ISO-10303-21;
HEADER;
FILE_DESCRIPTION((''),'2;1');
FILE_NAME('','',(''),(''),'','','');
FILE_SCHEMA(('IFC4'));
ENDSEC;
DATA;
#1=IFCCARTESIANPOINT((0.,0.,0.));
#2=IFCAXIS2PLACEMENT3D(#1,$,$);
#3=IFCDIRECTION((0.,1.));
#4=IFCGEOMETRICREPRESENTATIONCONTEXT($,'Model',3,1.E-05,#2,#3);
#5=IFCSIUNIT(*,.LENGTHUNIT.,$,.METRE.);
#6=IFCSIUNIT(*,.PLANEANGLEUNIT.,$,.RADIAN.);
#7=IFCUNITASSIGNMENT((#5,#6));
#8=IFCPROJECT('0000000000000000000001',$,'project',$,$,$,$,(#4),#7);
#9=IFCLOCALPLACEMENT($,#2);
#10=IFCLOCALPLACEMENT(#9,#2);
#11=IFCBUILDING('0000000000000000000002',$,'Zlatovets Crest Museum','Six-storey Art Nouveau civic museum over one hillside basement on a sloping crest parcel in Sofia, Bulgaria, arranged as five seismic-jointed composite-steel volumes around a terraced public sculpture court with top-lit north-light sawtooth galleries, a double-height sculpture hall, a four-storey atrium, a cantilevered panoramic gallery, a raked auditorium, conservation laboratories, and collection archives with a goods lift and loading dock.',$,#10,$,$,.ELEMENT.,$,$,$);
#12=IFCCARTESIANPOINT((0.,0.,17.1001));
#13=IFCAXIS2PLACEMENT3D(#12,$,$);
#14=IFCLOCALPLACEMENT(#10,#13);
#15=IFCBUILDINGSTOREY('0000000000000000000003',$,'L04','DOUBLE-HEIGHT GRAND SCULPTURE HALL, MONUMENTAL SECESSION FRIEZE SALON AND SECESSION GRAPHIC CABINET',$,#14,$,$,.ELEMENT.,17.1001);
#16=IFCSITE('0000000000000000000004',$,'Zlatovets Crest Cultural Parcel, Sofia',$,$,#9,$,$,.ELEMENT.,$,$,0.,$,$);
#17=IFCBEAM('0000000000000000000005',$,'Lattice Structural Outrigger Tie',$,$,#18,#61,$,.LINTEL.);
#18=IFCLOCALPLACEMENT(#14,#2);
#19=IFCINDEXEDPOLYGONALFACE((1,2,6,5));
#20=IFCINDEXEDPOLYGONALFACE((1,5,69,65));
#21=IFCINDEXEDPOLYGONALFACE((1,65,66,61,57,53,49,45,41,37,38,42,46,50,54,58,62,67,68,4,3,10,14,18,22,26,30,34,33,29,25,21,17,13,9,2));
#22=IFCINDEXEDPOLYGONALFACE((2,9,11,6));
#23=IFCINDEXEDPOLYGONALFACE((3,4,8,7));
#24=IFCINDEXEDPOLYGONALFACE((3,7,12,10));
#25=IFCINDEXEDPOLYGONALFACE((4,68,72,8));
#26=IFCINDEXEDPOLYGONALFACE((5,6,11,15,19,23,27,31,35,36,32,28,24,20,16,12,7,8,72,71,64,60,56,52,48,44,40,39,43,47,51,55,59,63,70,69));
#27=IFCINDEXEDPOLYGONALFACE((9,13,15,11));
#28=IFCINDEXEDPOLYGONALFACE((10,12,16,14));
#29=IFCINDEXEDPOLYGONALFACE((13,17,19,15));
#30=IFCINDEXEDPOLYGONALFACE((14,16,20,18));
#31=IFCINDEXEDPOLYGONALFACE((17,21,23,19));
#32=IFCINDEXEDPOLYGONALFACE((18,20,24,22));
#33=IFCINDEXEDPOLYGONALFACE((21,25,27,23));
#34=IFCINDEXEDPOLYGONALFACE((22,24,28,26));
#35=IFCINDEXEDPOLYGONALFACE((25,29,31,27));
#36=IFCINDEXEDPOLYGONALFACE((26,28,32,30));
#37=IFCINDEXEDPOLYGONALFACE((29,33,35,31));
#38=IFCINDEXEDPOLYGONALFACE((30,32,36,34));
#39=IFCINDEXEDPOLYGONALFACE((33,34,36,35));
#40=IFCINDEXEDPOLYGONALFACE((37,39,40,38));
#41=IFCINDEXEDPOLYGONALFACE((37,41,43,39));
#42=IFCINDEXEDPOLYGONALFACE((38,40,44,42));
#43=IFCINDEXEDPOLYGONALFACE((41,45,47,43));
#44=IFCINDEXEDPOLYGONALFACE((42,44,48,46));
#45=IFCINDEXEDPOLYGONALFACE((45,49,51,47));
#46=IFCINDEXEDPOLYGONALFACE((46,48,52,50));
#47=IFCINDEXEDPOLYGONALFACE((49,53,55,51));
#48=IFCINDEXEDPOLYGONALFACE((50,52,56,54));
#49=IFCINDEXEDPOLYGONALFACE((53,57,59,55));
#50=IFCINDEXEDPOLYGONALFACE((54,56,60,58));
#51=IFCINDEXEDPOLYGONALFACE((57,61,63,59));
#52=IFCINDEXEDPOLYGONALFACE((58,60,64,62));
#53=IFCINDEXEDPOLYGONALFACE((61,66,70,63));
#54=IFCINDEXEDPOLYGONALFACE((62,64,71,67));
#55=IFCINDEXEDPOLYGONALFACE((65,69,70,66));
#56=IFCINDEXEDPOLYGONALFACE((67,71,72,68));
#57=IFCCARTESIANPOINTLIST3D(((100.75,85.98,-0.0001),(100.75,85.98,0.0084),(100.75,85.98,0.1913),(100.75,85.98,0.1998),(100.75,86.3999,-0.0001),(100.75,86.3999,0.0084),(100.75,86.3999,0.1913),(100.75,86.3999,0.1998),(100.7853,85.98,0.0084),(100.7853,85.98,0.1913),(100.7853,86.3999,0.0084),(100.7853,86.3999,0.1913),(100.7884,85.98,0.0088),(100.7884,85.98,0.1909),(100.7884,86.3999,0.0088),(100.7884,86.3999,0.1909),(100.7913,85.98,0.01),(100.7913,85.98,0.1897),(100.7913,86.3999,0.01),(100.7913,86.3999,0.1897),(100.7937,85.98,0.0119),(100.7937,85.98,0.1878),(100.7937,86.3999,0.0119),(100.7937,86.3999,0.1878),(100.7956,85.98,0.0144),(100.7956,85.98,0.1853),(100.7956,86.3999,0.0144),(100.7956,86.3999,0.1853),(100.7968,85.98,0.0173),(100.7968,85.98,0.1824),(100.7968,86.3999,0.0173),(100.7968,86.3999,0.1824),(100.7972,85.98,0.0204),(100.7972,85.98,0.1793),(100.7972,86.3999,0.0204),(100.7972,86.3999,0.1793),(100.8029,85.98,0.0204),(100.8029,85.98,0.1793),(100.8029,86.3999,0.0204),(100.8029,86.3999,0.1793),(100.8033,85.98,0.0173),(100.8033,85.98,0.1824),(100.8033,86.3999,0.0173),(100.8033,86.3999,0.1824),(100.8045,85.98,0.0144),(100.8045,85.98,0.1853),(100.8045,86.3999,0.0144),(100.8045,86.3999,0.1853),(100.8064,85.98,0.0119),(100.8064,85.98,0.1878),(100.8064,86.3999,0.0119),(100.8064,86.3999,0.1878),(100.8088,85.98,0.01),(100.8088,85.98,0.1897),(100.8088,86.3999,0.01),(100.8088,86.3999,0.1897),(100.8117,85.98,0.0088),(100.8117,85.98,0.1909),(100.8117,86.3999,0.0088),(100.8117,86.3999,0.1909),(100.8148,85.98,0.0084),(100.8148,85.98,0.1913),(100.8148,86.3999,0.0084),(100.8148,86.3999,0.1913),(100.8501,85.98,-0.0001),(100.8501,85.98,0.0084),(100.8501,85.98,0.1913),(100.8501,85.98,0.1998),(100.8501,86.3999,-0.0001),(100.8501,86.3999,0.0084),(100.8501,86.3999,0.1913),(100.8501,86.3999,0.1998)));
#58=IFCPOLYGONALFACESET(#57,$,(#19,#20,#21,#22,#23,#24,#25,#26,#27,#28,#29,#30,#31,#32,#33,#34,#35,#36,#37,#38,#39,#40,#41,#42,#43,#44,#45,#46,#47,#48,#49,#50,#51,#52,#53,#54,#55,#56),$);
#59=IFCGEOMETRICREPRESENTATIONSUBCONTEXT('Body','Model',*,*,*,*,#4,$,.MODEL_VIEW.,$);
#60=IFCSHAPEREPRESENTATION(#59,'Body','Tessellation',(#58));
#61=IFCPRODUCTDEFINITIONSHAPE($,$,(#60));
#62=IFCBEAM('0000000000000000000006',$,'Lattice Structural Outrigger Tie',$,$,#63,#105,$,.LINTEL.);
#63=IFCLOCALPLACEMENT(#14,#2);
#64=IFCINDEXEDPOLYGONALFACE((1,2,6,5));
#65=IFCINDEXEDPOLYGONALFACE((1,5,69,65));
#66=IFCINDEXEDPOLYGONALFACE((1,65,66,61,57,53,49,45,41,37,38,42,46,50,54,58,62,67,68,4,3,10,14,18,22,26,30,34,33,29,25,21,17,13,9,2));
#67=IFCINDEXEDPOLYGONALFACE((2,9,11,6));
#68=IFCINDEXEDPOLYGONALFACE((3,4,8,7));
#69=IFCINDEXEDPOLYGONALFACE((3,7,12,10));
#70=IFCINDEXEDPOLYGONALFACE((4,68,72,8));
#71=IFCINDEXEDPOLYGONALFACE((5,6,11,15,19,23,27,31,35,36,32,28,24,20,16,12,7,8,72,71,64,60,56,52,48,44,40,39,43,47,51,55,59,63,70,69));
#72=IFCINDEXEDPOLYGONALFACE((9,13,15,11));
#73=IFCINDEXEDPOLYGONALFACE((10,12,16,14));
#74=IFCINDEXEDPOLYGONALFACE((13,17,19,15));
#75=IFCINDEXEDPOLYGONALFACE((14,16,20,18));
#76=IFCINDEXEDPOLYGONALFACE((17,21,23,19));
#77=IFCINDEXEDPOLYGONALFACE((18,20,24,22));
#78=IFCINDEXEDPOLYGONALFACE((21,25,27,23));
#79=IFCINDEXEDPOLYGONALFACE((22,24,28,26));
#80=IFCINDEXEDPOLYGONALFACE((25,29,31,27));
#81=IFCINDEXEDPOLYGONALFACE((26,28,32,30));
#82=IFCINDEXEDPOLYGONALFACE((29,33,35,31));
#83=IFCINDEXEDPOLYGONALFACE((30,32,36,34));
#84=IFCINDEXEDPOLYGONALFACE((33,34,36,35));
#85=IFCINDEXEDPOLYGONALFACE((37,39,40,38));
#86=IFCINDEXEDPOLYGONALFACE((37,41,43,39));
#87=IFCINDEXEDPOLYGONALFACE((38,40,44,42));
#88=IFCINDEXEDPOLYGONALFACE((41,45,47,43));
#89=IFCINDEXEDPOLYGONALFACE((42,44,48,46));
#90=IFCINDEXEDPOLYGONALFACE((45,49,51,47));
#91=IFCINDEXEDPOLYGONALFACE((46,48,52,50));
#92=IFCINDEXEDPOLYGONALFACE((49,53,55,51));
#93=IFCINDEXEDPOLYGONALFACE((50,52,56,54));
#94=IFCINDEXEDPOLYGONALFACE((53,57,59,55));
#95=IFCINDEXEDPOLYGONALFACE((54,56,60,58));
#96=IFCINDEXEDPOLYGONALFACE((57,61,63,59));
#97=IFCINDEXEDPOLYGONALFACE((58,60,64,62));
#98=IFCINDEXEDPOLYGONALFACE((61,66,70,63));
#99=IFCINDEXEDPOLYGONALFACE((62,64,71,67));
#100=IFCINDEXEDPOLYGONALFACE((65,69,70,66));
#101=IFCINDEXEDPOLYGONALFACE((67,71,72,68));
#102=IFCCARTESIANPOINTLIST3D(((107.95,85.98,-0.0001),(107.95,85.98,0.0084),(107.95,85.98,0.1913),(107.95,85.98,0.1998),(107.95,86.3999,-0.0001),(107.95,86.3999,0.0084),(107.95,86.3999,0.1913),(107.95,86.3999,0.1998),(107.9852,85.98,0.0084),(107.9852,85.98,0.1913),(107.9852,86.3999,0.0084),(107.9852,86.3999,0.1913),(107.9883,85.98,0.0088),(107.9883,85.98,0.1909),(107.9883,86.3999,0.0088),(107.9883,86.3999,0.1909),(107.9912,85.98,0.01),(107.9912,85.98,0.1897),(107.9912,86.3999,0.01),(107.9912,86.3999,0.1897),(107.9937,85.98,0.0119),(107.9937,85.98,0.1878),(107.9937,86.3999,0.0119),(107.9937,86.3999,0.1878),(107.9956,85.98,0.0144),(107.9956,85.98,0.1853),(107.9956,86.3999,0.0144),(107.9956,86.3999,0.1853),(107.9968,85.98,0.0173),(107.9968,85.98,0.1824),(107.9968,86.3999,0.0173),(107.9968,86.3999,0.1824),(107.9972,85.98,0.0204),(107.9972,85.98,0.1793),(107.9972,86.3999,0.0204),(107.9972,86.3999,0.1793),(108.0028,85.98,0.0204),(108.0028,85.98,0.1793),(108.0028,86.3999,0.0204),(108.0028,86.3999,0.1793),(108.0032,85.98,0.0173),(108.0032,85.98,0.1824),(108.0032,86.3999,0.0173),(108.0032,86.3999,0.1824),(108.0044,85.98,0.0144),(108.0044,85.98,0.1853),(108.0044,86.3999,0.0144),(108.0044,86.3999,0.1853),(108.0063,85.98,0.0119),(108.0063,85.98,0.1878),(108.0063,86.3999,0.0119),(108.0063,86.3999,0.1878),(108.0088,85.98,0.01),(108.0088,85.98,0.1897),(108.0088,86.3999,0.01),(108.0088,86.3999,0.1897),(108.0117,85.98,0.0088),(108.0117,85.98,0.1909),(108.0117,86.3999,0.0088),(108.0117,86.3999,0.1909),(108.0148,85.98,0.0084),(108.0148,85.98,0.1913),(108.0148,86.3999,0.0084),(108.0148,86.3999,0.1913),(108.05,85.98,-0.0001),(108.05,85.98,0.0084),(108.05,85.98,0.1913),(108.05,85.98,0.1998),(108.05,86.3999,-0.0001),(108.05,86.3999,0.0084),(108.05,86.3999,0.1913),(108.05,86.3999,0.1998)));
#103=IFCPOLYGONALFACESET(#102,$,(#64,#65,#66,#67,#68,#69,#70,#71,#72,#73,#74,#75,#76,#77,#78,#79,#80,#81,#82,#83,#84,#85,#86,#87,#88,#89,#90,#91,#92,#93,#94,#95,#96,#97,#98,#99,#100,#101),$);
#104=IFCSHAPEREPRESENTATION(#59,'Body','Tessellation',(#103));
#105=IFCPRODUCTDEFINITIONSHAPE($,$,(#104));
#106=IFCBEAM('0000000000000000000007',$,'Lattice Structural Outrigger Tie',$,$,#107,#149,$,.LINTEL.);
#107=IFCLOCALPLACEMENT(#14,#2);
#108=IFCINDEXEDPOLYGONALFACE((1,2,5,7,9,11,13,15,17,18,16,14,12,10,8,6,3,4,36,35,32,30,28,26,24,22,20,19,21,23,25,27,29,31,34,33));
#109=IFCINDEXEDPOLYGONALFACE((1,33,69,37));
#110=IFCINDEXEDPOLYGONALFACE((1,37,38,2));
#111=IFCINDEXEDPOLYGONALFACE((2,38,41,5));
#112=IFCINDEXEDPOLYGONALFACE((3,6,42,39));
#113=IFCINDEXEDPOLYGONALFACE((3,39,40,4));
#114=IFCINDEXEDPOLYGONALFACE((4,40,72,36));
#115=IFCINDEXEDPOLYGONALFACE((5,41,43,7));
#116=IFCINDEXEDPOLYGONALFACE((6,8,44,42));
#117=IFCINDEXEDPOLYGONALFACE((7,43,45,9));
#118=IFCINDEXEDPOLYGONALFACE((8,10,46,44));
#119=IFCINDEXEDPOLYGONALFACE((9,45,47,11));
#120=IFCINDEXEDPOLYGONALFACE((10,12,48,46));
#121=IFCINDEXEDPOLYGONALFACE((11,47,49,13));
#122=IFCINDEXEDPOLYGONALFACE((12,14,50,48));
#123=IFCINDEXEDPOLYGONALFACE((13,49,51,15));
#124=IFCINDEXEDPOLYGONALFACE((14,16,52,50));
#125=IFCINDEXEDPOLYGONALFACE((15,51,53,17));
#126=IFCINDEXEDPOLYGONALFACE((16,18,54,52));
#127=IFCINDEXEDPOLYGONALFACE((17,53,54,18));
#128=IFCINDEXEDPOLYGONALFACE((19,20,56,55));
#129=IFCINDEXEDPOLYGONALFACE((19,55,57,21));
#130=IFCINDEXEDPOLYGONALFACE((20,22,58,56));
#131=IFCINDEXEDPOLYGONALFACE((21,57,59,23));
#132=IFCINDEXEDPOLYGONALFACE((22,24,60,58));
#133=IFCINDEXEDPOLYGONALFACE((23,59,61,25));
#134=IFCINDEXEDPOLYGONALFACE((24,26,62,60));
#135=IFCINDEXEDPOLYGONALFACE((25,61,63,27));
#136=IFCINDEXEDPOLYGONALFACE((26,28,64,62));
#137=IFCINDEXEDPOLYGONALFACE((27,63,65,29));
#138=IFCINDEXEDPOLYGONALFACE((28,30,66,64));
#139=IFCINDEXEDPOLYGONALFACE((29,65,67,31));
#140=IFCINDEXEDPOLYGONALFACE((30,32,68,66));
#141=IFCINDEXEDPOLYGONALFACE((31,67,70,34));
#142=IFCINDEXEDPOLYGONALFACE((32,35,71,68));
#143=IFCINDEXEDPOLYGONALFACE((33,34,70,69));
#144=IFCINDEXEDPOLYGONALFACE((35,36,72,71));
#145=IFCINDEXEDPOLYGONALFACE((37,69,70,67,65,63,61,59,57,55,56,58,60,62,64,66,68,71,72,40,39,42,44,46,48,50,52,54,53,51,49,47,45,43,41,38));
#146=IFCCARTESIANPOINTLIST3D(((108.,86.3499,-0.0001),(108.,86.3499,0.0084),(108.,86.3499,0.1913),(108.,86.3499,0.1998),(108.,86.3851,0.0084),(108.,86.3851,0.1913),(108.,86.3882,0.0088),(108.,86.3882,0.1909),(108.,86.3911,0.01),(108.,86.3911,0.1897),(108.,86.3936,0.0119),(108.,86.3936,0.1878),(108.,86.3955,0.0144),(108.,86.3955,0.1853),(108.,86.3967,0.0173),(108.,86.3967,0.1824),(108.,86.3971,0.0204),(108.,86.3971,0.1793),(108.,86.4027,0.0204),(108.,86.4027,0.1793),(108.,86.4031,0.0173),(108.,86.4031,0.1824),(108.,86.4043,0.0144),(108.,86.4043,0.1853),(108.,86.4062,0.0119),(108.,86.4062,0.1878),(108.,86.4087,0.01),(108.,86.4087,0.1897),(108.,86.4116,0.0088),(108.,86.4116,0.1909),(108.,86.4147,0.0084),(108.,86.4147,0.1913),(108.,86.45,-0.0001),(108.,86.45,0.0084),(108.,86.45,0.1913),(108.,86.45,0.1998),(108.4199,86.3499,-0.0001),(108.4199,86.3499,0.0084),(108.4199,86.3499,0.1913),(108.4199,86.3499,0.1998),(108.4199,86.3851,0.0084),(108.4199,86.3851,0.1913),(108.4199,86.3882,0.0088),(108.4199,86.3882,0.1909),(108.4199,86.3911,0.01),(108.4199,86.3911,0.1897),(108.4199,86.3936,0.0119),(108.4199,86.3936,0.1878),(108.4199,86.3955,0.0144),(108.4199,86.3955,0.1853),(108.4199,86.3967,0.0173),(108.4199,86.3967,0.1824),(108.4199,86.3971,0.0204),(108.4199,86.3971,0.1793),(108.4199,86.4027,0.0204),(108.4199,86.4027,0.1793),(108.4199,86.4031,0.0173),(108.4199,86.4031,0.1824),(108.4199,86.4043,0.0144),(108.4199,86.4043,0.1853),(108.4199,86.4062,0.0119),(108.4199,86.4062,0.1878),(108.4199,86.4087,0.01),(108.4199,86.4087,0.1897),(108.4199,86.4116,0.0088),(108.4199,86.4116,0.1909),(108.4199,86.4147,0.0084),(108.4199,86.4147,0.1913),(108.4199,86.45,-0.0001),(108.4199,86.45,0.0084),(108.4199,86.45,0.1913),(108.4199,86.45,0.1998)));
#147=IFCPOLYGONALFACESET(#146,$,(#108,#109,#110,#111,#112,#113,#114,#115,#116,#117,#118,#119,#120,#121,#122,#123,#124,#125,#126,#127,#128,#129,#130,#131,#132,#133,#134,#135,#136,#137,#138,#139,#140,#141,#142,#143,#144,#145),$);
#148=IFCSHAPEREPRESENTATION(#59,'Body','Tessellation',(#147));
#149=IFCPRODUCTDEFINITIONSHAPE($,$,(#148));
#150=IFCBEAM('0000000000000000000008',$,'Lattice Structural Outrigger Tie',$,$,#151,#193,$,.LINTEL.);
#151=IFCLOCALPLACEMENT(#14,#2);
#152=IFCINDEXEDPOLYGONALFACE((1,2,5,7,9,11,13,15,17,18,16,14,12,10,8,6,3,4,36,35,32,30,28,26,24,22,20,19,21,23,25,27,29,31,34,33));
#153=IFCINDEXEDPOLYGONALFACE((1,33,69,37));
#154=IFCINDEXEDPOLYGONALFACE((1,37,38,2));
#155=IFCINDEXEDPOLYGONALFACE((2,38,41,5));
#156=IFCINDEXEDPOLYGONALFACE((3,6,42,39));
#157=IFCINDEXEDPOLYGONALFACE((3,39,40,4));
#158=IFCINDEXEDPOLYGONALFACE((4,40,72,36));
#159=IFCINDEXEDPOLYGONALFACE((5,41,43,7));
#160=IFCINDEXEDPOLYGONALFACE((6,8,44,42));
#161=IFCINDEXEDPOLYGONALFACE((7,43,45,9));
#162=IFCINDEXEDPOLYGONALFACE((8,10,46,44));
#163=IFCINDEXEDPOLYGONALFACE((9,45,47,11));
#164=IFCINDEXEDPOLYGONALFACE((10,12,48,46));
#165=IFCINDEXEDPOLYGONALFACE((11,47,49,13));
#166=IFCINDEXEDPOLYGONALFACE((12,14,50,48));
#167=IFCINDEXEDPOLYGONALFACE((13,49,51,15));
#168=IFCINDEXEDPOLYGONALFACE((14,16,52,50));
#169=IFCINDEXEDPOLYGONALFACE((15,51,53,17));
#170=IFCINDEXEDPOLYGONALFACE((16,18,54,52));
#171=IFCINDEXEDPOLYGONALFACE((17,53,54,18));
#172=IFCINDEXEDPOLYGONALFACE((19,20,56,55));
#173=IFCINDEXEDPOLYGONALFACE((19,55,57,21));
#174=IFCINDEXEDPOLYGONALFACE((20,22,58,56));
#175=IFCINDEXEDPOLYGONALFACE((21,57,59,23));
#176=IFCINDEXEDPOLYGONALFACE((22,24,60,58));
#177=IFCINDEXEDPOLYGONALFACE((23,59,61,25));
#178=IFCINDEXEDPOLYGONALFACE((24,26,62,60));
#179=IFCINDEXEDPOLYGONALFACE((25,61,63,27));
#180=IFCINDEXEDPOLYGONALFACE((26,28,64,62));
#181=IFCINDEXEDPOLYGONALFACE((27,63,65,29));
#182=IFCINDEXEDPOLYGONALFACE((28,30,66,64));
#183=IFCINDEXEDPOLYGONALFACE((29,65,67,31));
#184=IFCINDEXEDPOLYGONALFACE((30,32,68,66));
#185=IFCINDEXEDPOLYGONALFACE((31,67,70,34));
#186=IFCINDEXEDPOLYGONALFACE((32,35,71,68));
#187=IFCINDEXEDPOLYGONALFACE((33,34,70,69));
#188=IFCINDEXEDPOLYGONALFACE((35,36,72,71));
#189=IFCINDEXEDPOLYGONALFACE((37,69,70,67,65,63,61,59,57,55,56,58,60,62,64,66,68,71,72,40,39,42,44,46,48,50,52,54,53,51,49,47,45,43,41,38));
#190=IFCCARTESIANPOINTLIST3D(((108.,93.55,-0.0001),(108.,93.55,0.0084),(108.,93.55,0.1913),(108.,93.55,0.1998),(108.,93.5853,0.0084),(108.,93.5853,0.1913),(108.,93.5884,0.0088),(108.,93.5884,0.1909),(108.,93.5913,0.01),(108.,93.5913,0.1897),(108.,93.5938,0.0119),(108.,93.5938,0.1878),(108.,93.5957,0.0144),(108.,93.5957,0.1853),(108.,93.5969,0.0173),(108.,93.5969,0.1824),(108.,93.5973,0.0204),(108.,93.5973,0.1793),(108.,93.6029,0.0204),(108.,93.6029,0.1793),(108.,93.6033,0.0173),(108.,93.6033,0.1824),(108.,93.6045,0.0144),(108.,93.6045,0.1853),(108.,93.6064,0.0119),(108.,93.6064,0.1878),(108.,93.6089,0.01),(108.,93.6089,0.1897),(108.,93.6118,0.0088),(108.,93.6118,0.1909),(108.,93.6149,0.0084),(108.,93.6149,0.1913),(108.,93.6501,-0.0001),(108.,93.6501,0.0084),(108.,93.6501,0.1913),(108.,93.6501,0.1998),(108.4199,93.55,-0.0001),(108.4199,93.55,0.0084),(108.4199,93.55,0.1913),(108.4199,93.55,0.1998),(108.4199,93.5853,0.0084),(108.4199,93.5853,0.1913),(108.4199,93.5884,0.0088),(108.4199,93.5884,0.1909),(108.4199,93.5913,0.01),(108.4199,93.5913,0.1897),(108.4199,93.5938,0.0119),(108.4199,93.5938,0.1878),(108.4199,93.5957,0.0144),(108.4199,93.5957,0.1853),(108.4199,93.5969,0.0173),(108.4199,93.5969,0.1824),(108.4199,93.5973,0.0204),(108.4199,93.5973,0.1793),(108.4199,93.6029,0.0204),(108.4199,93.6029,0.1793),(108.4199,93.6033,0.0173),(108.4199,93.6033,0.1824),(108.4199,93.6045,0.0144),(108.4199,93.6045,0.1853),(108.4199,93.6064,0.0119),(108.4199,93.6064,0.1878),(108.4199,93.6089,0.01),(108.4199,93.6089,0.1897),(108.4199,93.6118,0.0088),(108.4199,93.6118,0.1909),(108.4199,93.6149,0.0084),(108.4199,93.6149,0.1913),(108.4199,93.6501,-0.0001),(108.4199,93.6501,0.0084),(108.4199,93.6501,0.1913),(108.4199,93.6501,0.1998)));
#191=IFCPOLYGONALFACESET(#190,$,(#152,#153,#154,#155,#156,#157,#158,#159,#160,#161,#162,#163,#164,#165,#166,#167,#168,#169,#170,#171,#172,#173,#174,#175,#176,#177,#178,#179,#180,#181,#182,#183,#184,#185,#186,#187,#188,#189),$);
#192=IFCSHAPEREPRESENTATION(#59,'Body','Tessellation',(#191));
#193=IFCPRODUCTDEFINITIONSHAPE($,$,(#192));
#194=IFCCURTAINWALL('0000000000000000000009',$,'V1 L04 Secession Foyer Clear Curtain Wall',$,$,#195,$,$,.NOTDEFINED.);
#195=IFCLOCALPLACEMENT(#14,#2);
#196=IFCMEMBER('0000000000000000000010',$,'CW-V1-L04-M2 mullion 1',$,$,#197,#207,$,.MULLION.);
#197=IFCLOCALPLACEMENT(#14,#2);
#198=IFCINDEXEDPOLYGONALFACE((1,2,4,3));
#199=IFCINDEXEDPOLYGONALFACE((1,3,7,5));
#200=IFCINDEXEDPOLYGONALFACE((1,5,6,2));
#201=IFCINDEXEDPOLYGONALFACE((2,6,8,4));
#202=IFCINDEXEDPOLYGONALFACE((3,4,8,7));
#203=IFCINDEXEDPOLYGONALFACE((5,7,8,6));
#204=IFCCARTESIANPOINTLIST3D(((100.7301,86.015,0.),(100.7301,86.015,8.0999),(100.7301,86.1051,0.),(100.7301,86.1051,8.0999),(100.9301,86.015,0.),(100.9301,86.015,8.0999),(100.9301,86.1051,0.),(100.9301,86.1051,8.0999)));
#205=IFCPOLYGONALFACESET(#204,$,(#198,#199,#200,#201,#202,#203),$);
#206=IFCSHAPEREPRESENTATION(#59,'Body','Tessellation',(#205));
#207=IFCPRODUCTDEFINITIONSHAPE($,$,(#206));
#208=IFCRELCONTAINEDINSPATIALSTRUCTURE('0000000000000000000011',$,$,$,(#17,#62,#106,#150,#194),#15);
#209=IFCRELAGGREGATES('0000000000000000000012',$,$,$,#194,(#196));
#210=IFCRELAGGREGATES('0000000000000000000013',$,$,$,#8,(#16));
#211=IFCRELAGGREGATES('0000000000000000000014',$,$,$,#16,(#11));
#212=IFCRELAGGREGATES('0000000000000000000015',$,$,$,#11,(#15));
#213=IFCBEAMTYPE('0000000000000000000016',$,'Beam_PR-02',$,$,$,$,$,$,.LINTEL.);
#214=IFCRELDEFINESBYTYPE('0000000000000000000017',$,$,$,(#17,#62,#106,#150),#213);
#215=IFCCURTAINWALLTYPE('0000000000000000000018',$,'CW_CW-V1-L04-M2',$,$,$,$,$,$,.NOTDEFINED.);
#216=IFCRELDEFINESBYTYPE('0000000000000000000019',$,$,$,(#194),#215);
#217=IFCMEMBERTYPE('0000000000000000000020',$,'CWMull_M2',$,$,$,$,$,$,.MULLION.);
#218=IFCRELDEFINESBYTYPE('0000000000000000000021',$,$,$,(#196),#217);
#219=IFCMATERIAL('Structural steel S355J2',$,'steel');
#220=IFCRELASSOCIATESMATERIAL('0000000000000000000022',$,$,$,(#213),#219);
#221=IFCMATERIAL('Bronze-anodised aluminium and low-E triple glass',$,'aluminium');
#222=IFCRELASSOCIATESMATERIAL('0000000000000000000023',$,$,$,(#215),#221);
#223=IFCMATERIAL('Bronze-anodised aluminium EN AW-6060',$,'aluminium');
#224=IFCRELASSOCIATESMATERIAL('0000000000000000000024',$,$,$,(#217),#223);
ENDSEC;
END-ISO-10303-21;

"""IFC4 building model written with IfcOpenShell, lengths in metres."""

from ifc_helpers import new_model, si_unit, direction, frame, origin, origin_2d, place, context, subcontext, project, spatial, rectangle, i_section, extrude, material, material_profile, profile_set, type_object, element, aggregate, save


model = new_model("IFC4")

# Units and contexts
model_context = context("Model", 3, precision=1e-05, world=origin(), true_north=direction((0.0, 1.0)))
body_context = subcontext(model_context, "Body", "Model", "MODEL_VIEW")
ifc_project = project(units=[si_unit("LENGTHUNIT", "METRE"), si_unit("PLANEANGLEUNIT", "RADIAN")], contexts=[model_context])

# Site, building, storey
site_placement = place(None, origin())
site = spatial("IfcSite", under=ifc_project, at=site_placement, Name="Zlatovets Crest Cultural Parcel, Sofia", CompositionType="ELEMENT", RefElevation=0.0)
building_placement = place(site_placement, origin())
building = spatial("IfcBuilding", under=site, at=building_placement, Name="Zlatovets Crest Museum", Description="Six-storey Art Nouveau civic museum over one hillside basement on a sloping crest parcel in Sofia, Bulgaria, arranged as five seismic-jointed composite-steel volumes around a terraced public sculpture court with top-lit north-light sawtooth galleries, a double-height sculpture hall, a four-storey atrium, a cantilevered panoramic gallery, a raked auditorium, conservation laboratories, and collection archives with a goods lift and loading dock.", CompositionType="ELEMENT")
storey_placement = place(building_placement, frame((0.0, 0.0, 17.1001)))
storey = spatial("IfcBuildingStorey", under=building, at=storey_placement, Name="L04", Description="DOUBLE-HEIGHT GRAND SCULPTURE HALL, MONUMENTAL SECESSION FRIEZE SALON AND SECESSION GRAPHIC CABINET", CompositionType="ELEMENT", Elevation=17.1001)

# Shared definitions
ifc_material_1 = material(Name="Structural steel S355J2", Category="steel")

# Beams
ifc_material_profile_1 = material_profile(ifc_material_1, i_section(OverallWidth=0.1001, OverallDepth=0.2, WebThickness=0.0056, FlangeThickness=0.0085, FilletRadius=0.012, at=origin_2d()), Name="IPE 200")
ifc_profile_set_1 = profile_set([ifc_material_profile_1], Name="Structural steel S355J2")
beam_type_1 = type_object("IfcBeamType", Name="Beam_PR-02", PredefinedType="LINTEL", material=ifc_profile_set_1)
for number, where, z_axis, x_axis, name in (
    (1, (100.8, 86.3999, 0.0999), (0.0, -1.0, 0.0), (1.0, 0.0, 0.0), "Lattice Structural Outrigger Tie"),
    (2, (108.0, 86.3999, 0.0999), (0.0, -1.0, 0.0), (1.0, 0.0, 0.0), "Lattice Structural Outrigger Tie"),
    (3, (108.0, 86.3999, 0.0999), (1.0, 0.0, 0.0), (0.0, 1.0, 0.0), "Lattice Structural Outrigger Tie"),
    (4, (108.0, 93.6001, 0.0999), (1.0, 0.0, 0.0), (0.0, 1.0, 0.0), "Lattice Structural Outrigger Tie"),
):
    element("IfcBeam", number, at=place(storey_placement, frame(where, z_axis=z_axis, x_axis=x_axis)), inside=storey, type_object=beam_type_1, Name=name, PredefinedType="LINTEL", context=body_context, shape_type="SweptSolid", body=[
        extrude(i_section(OverallWidth=0.1001, OverallDepth=0.2, WebThickness=0.0056, FlangeThickness=0.0085, FilletRadius=0.012, at=origin_2d()), origin(), (0.0, 0.0, 1.0), 0.4199),
    ])

# Curtain wall, member
ifc_material_2 = material(Name="Bronze-anodised aluminium and low-E triple glass", Category="aluminium")
curtain_wall_type = type_object("IfcCurtainWallType", Name="CW_CW-V1-L04-M2", PredefinedType="NOTDEFINED", material=ifc_material_2)
curtain_wall_placement = place(storey_placement, origin())
curtain_wall = element("IfcCurtainWall", 5, at=curtain_wall_placement, inside=storey, type_object=curtain_wall_type, Name="V1 L04 Secession Foyer Clear Curtain Wall", PredefinedType="NOTDEFINED")
ifc_material_3 = material(Name="Bronze-anodised aluminium EN AW-6060", Category="aluminium")
ifc_material_profile_2 = material_profile(ifc_material_3, rectangle(XDim=0.0901, YDim=0.2, at=origin_2d()), Name="ALU 90x200")
ifc_profile_set_2 = profile_set([ifc_material_profile_2], Name="Bronze-anodised aluminium EN AW-6060")
member_type_1 = type_object("IfcMemberType", Name="CWMull_M2", PredefinedType="MULLION", material=ifc_profile_set_2)
member_1_placement = place(storey_placement, frame((100.8301, 86.0601, 0.0), z_axis=(0.0, 0.0, 1.0), x_axis=(0.0, 1.0, 0.0)))
member_1 = element("IfcMember", 6, at=member_1_placement, type_object=member_type_1, Name="CW-V1-L04-M2 mullion 1", PredefinedType="MULLION", context=body_context, shape_type="SweptSolid", body=[
    extrude(rectangle(XDim=0.0901, YDim=0.2, at=origin_2d()), origin(), (0.0, 0.0, 1.0), 8.0999),
])

aggregate(curtain_wall, [member_1])

save(model, "model.ifc")
